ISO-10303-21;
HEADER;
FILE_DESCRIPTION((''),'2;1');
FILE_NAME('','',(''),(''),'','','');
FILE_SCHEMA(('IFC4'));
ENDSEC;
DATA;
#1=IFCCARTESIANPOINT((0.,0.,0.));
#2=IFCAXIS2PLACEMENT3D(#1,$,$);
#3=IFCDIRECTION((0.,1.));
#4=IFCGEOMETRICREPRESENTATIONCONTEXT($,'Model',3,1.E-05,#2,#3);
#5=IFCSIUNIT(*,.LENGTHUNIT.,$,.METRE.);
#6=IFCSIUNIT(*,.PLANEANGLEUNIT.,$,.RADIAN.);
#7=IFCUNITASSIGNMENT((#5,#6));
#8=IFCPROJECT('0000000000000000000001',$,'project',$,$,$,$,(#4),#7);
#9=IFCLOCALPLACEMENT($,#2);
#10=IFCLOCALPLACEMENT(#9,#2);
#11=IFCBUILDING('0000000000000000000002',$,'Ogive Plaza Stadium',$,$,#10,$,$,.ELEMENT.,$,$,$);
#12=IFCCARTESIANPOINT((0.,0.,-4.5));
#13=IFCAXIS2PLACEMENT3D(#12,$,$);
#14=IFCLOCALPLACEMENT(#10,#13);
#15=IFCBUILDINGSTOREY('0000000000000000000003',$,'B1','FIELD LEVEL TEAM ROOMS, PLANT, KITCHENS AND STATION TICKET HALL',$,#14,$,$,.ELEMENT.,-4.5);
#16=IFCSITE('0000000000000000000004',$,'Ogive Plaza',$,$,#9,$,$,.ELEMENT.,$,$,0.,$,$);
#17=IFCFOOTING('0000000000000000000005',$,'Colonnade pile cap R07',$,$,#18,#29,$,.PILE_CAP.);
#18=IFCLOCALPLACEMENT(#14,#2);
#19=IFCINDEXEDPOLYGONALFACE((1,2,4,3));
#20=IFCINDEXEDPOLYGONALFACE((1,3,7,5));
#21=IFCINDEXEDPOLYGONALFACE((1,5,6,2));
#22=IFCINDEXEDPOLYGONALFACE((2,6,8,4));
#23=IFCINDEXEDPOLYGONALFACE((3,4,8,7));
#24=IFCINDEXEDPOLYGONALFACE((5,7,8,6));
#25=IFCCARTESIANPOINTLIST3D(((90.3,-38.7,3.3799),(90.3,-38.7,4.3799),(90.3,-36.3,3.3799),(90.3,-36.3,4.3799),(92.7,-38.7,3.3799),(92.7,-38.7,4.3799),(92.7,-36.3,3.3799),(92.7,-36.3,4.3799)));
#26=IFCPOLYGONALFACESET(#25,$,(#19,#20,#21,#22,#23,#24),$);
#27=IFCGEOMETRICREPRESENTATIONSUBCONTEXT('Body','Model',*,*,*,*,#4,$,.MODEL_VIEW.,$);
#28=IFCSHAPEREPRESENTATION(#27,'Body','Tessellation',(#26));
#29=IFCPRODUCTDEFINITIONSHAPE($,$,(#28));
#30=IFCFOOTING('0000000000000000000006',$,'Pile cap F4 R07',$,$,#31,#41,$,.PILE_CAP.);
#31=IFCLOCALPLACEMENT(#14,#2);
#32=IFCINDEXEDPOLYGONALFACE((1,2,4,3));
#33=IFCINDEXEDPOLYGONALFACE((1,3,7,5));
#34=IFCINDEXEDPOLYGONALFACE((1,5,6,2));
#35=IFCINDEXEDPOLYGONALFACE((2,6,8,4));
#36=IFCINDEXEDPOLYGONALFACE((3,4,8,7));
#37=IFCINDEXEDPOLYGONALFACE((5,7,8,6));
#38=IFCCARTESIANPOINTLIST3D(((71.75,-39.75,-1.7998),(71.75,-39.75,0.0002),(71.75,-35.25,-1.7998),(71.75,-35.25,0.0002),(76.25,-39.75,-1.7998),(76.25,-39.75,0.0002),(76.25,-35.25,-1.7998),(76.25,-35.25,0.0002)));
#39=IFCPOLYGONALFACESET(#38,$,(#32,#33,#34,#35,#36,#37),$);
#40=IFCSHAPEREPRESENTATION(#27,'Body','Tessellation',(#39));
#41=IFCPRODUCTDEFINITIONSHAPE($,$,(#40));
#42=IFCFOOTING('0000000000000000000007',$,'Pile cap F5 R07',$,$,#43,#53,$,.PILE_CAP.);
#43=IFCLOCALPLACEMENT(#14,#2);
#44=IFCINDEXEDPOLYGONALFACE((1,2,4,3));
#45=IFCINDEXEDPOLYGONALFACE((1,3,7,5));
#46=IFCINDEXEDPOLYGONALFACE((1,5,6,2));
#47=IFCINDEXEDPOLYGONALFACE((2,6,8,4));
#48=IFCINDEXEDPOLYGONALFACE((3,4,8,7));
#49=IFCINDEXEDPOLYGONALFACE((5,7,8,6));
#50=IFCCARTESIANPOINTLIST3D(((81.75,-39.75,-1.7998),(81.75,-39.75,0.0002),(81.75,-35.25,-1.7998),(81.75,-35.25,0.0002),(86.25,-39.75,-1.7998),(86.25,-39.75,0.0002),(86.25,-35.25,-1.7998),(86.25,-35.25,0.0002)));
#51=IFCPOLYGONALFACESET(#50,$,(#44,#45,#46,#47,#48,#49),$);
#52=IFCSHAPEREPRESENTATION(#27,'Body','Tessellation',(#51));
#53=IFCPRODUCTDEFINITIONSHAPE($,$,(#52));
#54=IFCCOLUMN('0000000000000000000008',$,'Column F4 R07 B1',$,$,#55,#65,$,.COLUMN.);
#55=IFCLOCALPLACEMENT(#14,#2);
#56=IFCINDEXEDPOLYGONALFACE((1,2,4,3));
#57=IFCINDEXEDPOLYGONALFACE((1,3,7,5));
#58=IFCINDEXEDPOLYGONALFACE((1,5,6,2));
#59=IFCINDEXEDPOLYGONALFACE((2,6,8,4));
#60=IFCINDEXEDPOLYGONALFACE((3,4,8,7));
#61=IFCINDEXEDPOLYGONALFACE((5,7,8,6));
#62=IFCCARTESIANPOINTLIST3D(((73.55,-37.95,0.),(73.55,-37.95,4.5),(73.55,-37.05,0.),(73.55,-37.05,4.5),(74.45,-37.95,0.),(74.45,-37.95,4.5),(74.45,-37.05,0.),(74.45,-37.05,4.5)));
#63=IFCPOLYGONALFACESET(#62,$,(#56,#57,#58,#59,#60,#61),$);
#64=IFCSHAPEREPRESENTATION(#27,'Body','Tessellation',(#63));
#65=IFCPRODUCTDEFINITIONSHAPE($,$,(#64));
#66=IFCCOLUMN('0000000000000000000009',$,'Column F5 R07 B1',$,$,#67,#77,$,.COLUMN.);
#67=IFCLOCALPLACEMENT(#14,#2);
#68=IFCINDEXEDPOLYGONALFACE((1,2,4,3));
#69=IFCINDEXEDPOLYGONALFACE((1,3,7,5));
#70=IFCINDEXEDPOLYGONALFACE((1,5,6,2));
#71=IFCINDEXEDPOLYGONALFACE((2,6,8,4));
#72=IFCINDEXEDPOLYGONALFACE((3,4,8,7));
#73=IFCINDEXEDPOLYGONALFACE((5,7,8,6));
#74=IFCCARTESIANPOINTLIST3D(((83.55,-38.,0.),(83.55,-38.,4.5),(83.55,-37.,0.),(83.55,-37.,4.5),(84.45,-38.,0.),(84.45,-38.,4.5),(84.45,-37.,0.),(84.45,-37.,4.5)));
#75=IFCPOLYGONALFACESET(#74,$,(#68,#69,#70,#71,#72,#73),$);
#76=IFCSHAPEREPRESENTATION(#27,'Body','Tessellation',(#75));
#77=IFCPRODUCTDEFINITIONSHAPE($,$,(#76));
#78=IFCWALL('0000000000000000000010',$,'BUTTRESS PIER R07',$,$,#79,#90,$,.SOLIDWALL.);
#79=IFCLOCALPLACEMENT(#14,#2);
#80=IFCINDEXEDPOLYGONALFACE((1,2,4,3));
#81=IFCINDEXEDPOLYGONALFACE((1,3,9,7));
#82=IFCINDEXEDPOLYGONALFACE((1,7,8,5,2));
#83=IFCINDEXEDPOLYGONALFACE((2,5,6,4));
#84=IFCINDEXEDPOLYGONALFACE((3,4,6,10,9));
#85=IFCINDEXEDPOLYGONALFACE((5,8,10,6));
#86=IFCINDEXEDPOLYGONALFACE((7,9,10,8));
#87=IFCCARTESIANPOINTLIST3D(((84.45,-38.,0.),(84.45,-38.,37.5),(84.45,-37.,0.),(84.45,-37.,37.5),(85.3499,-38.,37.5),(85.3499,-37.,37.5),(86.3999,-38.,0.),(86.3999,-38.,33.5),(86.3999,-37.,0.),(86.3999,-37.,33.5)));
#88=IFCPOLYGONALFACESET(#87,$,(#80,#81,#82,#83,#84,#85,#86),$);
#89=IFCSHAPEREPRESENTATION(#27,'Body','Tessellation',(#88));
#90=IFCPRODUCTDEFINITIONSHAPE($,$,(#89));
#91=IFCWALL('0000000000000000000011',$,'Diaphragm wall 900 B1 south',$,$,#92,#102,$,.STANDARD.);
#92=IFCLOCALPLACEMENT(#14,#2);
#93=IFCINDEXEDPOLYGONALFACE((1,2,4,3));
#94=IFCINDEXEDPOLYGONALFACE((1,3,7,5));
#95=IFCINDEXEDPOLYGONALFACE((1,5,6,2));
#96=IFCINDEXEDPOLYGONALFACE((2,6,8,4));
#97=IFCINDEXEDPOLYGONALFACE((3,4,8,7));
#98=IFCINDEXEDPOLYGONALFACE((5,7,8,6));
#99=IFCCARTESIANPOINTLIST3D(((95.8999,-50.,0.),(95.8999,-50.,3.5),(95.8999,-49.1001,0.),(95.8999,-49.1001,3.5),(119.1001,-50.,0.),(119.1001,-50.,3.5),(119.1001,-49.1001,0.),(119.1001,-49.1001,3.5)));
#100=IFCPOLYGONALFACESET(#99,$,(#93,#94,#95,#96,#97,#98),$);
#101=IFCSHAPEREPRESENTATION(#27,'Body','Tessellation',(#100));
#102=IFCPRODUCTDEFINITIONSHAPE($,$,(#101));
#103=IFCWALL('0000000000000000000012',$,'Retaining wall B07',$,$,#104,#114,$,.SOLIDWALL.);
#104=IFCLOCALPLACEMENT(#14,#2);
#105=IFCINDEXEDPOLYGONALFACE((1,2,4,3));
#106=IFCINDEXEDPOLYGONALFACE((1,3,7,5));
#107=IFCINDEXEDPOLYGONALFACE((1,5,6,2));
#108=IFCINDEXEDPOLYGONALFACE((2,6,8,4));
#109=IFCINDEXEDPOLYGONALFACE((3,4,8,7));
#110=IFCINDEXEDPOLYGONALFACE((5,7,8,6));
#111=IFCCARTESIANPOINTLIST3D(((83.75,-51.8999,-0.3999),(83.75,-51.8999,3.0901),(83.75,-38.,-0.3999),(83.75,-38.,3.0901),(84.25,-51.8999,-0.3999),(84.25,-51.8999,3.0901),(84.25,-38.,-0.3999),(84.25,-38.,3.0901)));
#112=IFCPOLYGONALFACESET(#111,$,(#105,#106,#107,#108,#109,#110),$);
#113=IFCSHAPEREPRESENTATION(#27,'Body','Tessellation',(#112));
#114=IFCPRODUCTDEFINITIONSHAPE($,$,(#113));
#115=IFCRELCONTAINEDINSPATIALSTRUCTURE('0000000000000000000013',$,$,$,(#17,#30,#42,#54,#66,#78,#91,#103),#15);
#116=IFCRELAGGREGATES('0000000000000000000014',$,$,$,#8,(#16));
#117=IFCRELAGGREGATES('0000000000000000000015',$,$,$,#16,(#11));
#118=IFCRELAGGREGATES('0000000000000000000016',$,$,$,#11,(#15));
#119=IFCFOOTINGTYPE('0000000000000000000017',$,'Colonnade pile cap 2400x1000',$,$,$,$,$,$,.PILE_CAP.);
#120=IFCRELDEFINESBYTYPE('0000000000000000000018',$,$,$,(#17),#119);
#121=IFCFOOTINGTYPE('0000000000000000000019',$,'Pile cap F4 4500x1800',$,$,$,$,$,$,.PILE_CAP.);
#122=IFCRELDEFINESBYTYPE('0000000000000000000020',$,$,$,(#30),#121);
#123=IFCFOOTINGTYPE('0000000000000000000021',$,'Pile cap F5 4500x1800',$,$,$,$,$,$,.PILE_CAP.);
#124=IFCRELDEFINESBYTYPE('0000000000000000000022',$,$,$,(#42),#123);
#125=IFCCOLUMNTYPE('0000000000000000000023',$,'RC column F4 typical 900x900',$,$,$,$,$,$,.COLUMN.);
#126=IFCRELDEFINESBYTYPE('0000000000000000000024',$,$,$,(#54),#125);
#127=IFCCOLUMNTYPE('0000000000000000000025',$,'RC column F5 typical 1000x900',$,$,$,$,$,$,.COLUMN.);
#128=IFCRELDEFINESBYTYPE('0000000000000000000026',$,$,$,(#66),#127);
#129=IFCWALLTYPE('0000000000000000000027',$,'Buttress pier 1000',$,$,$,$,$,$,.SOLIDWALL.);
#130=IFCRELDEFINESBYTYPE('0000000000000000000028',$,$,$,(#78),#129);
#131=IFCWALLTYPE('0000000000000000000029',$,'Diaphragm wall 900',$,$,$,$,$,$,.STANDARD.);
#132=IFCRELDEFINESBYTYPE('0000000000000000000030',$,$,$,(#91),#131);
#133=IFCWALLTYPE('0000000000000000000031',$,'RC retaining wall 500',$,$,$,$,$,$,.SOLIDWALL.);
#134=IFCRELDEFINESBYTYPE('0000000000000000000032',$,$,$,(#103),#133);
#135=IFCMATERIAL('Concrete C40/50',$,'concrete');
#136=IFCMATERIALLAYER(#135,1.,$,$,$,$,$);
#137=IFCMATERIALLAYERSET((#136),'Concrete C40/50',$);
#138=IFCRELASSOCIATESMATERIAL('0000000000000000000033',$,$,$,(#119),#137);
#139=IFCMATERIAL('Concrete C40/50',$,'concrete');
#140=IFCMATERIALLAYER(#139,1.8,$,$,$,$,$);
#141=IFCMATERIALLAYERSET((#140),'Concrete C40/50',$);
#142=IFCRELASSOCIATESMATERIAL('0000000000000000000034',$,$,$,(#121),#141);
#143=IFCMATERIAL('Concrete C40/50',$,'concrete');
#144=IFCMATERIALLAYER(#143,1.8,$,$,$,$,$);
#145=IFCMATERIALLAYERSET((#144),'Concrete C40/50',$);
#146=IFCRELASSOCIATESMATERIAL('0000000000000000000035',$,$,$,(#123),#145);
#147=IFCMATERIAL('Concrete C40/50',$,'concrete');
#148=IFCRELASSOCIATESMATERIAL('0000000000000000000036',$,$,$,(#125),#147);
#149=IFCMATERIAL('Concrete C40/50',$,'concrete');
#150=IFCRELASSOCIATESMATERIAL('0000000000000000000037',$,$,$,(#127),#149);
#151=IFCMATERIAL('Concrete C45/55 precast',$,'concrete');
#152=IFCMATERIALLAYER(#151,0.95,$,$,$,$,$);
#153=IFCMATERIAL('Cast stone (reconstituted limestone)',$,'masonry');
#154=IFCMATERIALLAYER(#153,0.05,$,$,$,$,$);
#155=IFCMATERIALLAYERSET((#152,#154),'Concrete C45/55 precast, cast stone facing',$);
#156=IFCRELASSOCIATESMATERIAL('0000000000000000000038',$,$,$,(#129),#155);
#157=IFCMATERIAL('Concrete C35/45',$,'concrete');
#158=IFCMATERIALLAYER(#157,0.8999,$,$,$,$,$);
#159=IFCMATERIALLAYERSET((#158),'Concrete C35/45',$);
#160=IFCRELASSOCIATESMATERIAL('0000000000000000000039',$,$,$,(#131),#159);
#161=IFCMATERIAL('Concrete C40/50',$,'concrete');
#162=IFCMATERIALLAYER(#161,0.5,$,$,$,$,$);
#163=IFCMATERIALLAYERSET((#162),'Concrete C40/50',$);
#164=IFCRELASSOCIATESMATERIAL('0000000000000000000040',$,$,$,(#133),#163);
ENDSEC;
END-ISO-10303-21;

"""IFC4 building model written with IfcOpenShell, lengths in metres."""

from ifc_helpers import new_model, si_unit, direction, frame, frame_2d, origin, origin_2d, place, context, subcontext, project, spatial, polyline, rectangle, outline, extrude, material, layer, layer_set, material_profile, profile_set, type_object, element, save


model = new_model("IFC4")

# Units and contexts
model_context = context("Model", 3, precision=1e-05, world=origin(), true_north=direction((0.0, 1.0)))
body_context = subcontext(model_context, "Body", "Model", "MODEL_VIEW")
ifc_project = project(units=[si_unit("LENGTHUNIT", "METRE"), si_unit("PLANEANGLEUNIT", "RADIAN")], contexts=[model_context])

# Site, building, storey
site_placement = place(None, origin())
site = spatial("IfcSite", under=ifc_project, at=site_placement, Name="Ogive Plaza", CompositionType="ELEMENT", RefElevation=0.0)
building_placement = place(site_placement, origin())
building = spatial("IfcBuilding", under=site, at=building_placement, Name="Ogive Plaza Stadium", CompositionType="ELEMENT")
storey_placement = place(building_placement, frame((0.0, 0.0, -4.5)))
storey = spatial("IfcBuildingStorey", under=building, at=storey_placement, Name="B1", Description="FIELD LEVEL TEAM ROOMS, PLANT, KITCHENS AND STATION TICKET HALL", CompositionType="ELEMENT", Elevation=-4.5)

# Footings
ifc_material_1 = material(Name="Concrete C40/50", Category="concrete")
ifc_layer_1 = layer(ifc_material_1, 1.0)
ifc_layer_set_1 = layer_set([ifc_layer_1], Name="Concrete C40/50")
footing_type_1 = type_object("IfcFootingType", Name="Colonnade pile cap 2400x1000", PredefinedType="PILE_CAP", material=ifc_layer_set_1)
footing_1_placement = place(storey_placement, frame((91.5, -37.5, 3.3799), z_axis=(0.0, 0.0, 1.0), x_axis=(1.0, 0.0, 0.0)))
element("IfcFooting", 1, at=footing_1_placement, inside=storey, type_object=footing_type_1, Name="Colonnade pile cap R07", PredefinedType="PILE_CAP", context=body_context, shape_type="SweptSolid", body=[
    extrude(rectangle(XDim=2.3999, YDim=2.3999, at=origin_2d()), origin(), (0.0, 0.0, 1.0), 1.0),
])
ifc_material_2 = material(Name="Concrete C40/50", Category="concrete")
ifc_layer_2 = layer(ifc_material_2, 1.8)
ifc_layer_set_2 = layer_set([ifc_layer_2], Name="Concrete C40/50")
footing_type_2 = type_object("IfcFootingType", Name="Pile cap F4 4500x1800", PredefinedType="PILE_CAP", material=ifc_layer_set_2)
footing_2_placement = place(storey_placement, frame((74.0, -37.5, -1.7998), z_axis=(0.0, 0.0, 1.0), x_axis=(1.0, 0.0, 0.0)))
element("IfcFooting", 2, at=footing_2_placement, inside=storey, type_object=footing_type_2, Name="Pile cap F4 R07", PredefinedType="PILE_CAP", context=body_context, shape_type="SweptSolid", body=[
    extrude(rectangle(XDim=4.5, YDim=4.5, at=origin_2d()), origin(), (0.0, 0.0, 1.0), 1.8),
])
ifc_material_3 = material(Name="Concrete C40/50", Category="concrete")
ifc_layer_3 = layer(ifc_material_3, 1.8)
ifc_layer_set_3 = layer_set([ifc_layer_3], Name="Concrete C40/50")
footing_type_3 = type_object("IfcFootingType", Name="Pile cap F5 4500x1800", PredefinedType="PILE_CAP", material=ifc_layer_set_3)
footing_3_placement = place(storey_placement, frame((84.0, -37.5, -1.7998), z_axis=(0.0, 0.0, 1.0), x_axis=(1.0, 0.0, 0.0)))
element("IfcFooting", 3, at=footing_3_placement, inside=storey, type_object=footing_type_3, Name="Pile cap F5 R07", PredefinedType="PILE_CAP", context=body_context, shape_type="SweptSolid", body=[
    extrude(rectangle(XDim=4.5, YDim=4.5, at=origin_2d()), origin(), (0.0, 0.0, 1.0), 1.8),
])

# Columns
ifc_material_4 = material(Name="Concrete C40/50", Category="concrete")
ifc_material_profile_1 = material_profile(ifc_material_4, rectangle(XDim=0.8999, YDim=0.8999, at=origin_2d()), Name="RC 900x900")
ifc_profile_set_1 = profile_set([ifc_material_profile_1], Name="Concrete C40/50")
column_type_1 = type_object("IfcColumnType", Name="RC column F4 typical 900x900", PredefinedType="COLUMN", material=ifc_profile_set_1)
column_1_placement = place(storey_placement, frame((74.0, -37.5, 0.0), z_axis=(0.0, 0.0, 1.0), x_axis=(0.0, 1.0, 0.0)))
element("IfcColumn", 4, at=column_1_placement, inside=storey, type_object=column_type_1, Name="Column F4 R07 B1", PredefinedType="COLUMN", context=body_context, shape_type="SweptSolid", body=[
    extrude(rectangle(XDim=0.8999, YDim=0.8999, at=origin_2d()), origin(), (0.0, 0.0, 1.0), 4.5),
])
ifc_material_5 = material(Name="Concrete C40/50", Category="concrete")
ifc_material_profile_2 = material_profile(ifc_material_5, rectangle(XDim=1.0, YDim=0.8999, at=origin_2d()), Name="RC 1000x900")
ifc_profile_set_2 = profile_set([ifc_material_profile_2], Name="Concrete C40/50")
column_type_2 = type_object("IfcColumnType", Name="RC column F5 typical 1000x900", PredefinedType="COLUMN", material=ifc_profile_set_2)
column_2_placement = place(storey_placement, frame((84.0, -37.5, 0.0), z_axis=(0.0, 0.0, 1.0), x_axis=(0.0, 1.0, 0.0)))
element("IfcColumn", 5, at=column_2_placement, inside=storey, type_object=column_type_2, Name="Column F5 R07 B1", PredefinedType="COLUMN", context=body_context, shape_type="SweptSolid", body=[
    extrude(rectangle(XDim=1.0, YDim=0.8999, at=origin_2d()), origin(), (0.0, 0.0, 1.0), 4.5),
])

# Walls
ifc_material_6 = material(Name="Concrete C45/55 precast", Category="concrete")
ifc_layer_4 = layer(ifc_material_6, 0.95)
ifc_material_7 = material(Name="Cast stone (reconstituted limestone)", Category="masonry")
ifc_layer_5 = layer(ifc_material_7, 0.05)
ifc_layer_set_4 = layer_set([ifc_layer_4, ifc_layer_5], Name="Concrete C45/55 precast, cast stone facing")
wall_type_1 = type_object("IfcWallType", Name="Buttress pier 1000", PredefinedType="SOLIDWALL", material=ifc_layer_set_4)
wall_1_placement = place(storey_placement, frame((84.45, -37.5, 0.0), z_axis=(0.0, 0.0, 1.0), x_axis=(1.0, 0.0, 0.0)))
element("IfcWall", 6, at=wall_1_placement, inside=storey, type_object=wall_type_1, Name="BUTTRESS PIER R07", PredefinedType="SOLIDWALL", context=body_context, shape_type="SweptSolid", body=[
    extrude(outline(polyline([(0.0, 0.0), (1.95, 0.0), (1.95, 33.5), (0.8999, 37.5), (0.0, 37.5), (0.0, 0.0)])), frame((0.0, 0.5, 0.0), z_axis=(0.0, -1.0, 0.0), x_axis=(1.0, 0.0, 0.0)), (0.0, 0.0, 1.0), 1.0),
])
ifc_material_8 = material(Name="Concrete C35/45", Category="concrete")
ifc_layer_6 = layer(ifc_material_8, 0.8999)
ifc_layer_set_5 = layer_set([ifc_layer_6], Name="Concrete C35/45")
wall_type_2 = type_object("IfcWallType", Name="Diaphragm wall 900", PredefinedType="STANDARD", material=ifc_layer_set_5)
wall_2_placement = place(storey_placement, frame((95.8999, -49.55, 0.0), z_axis=(0.0, 0.0, 1.0), x_axis=(1.0, 0.0, 0.0)))
element("IfcWall", 7, at=wall_2_placement, inside=storey, type_object=wall_type_2, Name="Diaphragm wall 900 B1 south", PredefinedType="STANDARD", context=body_context, shape_type="SweptSolid", body=[
    extrude(rectangle(XDim=23.2002, YDim=0.8999, at=frame_2d((11.6001, 0.0))), origin(), (0.0, 0.0, 1.0), 3.5),
])
ifc_material_9 = material(Name="Concrete C40/50", Category="concrete")
ifc_layer_7 = layer(ifc_material_9, 0.5)
ifc_layer_set_6 = layer_set([ifc_layer_7], Name="Concrete C40/50")
wall_type_3 = type_object("IfcWallType", Name="RC retaining wall 500", PredefinedType="SOLIDWALL", material=ifc_layer_set_6)
wall_3_placement = place(storey_placement, frame((84.0, -38.0, -0.3999), z_axis=(0.0, 0.0, 1.0), x_axis=(0.0, -1.0, 0.0)))
element("IfcWall", 8, at=wall_3_placement, inside=storey, type_object=wall_type_3, Name="Retaining wall B07", PredefinedType="SOLIDWALL", context=body_context, shape_type="SweptSolid", body=[
    extrude(rectangle(XDim=13.8999, YDim=0.5, at=frame_2d((6.95, 0.0))), origin(), (0.0, 0.0, 1.0), 3.49),
])

save(model, "model.ifc")
